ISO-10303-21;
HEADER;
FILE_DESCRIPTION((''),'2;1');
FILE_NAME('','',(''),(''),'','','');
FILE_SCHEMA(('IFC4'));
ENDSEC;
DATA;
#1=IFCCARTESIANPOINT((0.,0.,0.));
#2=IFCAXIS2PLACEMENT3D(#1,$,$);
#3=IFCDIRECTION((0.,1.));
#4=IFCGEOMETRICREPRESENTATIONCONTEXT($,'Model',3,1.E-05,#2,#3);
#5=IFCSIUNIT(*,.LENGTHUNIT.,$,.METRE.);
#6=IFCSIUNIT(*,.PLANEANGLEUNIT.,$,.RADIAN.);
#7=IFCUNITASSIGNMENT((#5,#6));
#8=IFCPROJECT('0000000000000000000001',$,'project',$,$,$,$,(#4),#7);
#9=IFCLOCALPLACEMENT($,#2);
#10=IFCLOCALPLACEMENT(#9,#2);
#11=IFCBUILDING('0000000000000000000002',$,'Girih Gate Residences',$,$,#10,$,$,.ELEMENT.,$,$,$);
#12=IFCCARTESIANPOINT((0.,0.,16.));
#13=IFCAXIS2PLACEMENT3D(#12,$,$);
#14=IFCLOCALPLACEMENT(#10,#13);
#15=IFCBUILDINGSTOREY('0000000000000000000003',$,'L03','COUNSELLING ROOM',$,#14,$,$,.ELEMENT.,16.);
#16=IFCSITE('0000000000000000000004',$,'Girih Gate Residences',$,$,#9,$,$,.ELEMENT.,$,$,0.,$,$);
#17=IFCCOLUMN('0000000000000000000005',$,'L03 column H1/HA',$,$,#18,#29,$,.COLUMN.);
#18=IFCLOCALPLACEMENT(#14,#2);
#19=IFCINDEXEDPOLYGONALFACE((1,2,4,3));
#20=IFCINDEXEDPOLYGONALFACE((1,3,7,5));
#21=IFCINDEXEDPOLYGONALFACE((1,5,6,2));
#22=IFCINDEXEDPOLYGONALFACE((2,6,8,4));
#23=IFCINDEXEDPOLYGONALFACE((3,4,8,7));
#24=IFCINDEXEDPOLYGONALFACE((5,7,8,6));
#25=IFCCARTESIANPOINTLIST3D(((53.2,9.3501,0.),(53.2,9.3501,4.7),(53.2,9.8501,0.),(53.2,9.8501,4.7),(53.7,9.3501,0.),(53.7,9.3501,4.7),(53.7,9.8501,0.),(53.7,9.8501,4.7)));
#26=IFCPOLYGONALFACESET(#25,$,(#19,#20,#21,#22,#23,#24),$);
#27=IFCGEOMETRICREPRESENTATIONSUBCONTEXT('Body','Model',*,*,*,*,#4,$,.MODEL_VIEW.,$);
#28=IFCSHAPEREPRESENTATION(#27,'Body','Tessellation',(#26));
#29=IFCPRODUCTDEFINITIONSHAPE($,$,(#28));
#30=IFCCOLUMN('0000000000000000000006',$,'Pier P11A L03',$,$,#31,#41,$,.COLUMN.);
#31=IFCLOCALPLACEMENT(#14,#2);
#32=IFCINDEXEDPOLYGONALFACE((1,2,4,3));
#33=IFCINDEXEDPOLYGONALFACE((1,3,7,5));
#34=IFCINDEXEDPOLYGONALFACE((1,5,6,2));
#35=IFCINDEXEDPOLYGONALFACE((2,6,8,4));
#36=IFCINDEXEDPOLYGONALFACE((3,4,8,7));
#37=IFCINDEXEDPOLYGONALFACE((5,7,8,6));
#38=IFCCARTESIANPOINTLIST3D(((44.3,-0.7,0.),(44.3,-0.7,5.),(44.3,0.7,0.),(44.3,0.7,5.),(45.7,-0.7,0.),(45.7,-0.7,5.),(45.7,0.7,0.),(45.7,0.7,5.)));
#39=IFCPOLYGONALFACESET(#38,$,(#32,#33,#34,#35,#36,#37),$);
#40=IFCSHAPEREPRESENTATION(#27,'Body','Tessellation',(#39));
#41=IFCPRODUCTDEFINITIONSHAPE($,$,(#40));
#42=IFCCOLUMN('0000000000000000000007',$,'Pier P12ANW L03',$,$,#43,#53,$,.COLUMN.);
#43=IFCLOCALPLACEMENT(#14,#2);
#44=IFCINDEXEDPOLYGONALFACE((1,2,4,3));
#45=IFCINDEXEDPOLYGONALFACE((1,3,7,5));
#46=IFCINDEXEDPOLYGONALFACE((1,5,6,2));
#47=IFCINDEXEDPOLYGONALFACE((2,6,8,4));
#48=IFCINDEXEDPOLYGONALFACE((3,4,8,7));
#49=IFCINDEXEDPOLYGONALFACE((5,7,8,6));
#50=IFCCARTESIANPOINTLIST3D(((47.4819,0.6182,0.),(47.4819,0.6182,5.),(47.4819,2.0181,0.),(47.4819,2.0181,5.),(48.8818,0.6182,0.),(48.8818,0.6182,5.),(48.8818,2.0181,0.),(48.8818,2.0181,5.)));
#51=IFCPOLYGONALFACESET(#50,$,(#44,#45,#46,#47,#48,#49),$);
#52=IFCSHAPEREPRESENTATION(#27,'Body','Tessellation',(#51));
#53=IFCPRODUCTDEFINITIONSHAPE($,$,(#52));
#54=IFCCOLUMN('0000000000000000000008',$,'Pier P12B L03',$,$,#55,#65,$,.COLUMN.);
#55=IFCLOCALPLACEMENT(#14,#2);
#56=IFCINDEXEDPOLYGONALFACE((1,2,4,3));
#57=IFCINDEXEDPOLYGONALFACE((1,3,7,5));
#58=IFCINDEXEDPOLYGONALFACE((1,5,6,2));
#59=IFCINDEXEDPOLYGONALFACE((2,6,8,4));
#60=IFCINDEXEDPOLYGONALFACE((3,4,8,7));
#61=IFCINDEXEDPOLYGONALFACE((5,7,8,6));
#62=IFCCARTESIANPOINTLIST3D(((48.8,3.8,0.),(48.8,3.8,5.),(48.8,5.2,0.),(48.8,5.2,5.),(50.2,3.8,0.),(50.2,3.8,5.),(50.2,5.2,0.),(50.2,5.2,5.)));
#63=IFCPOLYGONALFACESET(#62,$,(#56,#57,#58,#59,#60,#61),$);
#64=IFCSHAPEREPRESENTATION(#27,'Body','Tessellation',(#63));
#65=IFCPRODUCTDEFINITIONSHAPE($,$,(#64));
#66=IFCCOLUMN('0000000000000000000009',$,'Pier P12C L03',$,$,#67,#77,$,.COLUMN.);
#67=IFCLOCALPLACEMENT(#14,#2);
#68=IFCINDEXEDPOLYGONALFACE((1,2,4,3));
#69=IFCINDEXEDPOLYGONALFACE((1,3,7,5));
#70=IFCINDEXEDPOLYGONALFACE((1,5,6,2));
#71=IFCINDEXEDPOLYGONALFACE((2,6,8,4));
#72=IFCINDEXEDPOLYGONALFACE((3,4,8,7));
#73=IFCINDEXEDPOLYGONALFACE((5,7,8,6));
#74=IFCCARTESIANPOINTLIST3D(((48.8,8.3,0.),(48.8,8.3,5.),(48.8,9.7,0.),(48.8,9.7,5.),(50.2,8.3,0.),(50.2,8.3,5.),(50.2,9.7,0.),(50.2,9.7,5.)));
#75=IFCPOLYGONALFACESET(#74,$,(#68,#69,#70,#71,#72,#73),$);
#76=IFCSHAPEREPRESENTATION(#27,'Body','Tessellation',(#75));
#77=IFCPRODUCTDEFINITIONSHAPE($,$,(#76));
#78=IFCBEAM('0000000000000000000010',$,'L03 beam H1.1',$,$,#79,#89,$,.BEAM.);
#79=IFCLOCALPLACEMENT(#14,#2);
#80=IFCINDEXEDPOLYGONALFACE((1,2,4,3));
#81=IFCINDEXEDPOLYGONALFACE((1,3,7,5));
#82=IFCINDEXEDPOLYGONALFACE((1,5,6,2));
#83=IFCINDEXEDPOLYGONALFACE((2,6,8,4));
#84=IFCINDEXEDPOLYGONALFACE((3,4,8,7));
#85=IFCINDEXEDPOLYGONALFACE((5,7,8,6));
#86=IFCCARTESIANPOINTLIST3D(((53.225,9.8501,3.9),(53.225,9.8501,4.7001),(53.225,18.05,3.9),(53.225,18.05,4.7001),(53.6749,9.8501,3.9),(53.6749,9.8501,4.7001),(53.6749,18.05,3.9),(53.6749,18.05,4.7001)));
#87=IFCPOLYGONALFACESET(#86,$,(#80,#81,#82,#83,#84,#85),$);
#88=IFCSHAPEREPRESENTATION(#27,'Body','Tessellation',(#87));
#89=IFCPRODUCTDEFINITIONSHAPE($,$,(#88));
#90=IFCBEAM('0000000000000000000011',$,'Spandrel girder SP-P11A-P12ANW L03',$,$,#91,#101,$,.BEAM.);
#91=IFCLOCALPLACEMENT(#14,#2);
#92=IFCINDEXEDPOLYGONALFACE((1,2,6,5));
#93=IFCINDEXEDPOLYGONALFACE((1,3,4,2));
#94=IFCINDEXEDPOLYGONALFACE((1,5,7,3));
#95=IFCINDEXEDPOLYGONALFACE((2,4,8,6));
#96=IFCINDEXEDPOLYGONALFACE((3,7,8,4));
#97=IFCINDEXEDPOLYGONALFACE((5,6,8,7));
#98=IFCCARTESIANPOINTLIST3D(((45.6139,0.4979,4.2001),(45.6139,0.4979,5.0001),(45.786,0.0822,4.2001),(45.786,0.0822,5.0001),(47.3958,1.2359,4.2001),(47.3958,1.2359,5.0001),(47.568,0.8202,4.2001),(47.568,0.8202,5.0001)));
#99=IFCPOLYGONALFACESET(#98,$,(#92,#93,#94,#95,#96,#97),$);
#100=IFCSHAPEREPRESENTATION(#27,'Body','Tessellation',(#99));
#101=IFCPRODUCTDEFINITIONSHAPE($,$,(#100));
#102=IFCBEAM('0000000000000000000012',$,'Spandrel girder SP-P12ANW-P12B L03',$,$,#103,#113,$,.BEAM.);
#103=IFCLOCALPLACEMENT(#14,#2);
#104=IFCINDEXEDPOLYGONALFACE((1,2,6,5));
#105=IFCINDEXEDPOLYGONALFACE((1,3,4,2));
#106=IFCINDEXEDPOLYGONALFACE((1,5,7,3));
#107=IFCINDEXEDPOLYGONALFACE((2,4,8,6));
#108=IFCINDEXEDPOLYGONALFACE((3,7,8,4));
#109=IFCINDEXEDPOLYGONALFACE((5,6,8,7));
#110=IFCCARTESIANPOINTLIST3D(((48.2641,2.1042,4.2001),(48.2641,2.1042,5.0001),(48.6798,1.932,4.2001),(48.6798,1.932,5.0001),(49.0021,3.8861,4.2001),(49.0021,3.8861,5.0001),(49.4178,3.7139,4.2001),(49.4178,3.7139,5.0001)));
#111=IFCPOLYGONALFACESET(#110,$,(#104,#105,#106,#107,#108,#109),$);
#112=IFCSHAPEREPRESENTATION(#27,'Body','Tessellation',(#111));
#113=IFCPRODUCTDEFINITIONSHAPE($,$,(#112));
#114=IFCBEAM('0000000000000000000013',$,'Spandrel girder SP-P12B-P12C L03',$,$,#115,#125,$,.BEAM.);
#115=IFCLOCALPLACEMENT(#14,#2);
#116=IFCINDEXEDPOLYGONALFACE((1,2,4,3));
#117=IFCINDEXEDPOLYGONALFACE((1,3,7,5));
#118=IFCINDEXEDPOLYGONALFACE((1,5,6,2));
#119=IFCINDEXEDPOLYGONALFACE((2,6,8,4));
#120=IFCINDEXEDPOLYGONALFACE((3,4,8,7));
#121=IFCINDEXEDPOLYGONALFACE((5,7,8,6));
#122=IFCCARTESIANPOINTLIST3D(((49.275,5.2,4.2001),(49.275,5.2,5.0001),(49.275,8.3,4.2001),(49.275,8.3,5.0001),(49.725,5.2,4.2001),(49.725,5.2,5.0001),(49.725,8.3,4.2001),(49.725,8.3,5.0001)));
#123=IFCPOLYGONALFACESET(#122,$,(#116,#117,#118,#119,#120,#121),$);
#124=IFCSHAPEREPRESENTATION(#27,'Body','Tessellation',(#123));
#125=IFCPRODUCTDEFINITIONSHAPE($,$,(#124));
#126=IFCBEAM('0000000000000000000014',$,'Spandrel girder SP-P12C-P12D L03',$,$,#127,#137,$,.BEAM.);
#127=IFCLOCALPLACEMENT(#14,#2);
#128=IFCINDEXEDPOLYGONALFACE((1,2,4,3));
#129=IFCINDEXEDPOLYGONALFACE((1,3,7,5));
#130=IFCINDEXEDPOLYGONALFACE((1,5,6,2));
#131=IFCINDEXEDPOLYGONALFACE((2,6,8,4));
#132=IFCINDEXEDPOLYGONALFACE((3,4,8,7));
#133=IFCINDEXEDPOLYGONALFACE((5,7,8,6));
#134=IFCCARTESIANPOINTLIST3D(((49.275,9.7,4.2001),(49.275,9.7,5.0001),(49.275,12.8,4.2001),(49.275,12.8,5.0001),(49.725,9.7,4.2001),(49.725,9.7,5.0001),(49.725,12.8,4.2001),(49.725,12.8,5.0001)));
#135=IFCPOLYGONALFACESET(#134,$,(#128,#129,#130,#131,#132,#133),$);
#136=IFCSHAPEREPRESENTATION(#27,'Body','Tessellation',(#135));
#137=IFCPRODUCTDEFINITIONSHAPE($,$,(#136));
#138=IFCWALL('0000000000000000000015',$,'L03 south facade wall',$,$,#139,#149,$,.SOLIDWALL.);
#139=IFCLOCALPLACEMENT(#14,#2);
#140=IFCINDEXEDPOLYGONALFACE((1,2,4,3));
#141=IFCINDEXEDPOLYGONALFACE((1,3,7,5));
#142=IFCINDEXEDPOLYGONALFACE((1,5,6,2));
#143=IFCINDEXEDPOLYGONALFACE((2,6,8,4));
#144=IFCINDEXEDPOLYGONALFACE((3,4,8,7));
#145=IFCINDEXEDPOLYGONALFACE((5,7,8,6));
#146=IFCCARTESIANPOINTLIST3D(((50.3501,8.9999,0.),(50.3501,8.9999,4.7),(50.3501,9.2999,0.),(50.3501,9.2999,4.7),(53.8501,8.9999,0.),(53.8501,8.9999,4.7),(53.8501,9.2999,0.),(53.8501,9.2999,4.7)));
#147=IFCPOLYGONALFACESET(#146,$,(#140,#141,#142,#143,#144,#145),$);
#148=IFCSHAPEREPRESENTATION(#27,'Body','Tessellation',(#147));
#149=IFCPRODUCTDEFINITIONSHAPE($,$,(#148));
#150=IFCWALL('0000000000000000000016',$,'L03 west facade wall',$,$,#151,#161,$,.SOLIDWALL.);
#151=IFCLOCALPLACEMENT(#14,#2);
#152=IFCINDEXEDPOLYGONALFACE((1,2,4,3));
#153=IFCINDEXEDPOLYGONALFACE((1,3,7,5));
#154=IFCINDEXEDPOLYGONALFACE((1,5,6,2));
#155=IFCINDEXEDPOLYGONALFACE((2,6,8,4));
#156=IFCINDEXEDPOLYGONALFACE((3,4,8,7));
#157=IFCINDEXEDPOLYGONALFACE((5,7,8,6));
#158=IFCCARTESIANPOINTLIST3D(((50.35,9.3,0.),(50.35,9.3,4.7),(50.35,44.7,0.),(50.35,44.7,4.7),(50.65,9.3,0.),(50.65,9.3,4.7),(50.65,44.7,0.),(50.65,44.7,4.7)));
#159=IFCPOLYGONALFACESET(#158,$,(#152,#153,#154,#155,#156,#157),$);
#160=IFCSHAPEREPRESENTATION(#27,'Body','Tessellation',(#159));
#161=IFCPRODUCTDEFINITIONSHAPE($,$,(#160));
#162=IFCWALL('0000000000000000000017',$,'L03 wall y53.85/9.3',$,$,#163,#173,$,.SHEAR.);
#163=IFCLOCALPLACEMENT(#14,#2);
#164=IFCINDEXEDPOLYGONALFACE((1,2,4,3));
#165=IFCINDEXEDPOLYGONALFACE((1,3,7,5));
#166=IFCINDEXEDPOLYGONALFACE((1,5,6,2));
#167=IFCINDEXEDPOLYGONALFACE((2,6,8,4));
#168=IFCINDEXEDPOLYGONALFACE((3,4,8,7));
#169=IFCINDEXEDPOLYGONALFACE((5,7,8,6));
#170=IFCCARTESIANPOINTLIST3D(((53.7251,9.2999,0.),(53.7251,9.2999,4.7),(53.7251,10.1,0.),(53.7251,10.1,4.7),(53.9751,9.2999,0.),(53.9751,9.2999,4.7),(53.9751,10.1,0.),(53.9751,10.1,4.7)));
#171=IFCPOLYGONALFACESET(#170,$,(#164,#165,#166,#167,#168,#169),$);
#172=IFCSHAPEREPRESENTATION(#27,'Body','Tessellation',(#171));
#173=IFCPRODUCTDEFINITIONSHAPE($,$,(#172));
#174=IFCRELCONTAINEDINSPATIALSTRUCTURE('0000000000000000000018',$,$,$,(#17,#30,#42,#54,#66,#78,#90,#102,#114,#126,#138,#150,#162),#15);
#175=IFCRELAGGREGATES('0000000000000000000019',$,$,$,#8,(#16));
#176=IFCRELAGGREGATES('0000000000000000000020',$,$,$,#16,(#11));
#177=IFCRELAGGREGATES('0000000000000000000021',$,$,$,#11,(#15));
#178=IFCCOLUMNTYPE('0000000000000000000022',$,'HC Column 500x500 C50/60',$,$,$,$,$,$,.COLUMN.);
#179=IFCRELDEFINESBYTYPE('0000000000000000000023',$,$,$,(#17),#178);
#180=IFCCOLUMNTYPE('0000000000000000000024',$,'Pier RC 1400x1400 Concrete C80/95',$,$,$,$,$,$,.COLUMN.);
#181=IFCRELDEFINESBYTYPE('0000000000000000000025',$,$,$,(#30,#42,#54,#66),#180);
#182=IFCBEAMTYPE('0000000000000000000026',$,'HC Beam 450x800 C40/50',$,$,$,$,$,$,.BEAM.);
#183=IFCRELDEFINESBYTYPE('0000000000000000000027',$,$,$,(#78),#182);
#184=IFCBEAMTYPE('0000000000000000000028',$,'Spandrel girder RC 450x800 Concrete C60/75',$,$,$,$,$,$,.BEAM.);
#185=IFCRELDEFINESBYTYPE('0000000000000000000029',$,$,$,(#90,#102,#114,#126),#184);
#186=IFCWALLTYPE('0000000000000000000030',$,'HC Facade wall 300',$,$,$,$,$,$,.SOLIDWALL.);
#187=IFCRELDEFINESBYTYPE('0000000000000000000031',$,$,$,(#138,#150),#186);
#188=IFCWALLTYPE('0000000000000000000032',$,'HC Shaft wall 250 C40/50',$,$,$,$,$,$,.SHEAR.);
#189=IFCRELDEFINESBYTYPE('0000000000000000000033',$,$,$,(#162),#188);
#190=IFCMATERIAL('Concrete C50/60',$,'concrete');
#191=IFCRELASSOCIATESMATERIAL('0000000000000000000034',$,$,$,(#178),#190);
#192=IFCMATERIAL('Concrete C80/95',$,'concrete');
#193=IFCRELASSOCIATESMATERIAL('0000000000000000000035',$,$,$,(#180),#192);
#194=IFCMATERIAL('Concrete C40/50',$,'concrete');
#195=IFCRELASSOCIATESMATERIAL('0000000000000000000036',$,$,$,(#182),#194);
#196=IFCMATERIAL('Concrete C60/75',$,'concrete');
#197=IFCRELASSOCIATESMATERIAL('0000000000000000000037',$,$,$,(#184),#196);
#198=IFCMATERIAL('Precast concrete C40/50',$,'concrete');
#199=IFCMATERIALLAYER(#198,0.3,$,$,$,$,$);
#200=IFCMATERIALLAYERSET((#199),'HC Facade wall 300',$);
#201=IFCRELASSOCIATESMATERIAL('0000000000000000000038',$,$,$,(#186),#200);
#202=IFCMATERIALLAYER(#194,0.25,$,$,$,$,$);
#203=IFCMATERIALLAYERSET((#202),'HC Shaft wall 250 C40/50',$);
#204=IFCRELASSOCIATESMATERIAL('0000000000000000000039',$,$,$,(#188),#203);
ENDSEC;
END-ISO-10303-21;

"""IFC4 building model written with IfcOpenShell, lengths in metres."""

from ifc_helpers import new_model, si_unit, direction, frame, frame_2d, origin, origin_2d, place, context, subcontext, project, spatial, rectangle, extrude, material, layer, layer_set, material_profile, profile_set, type_object, element, save


model = new_model("IFC4")

# Units and contexts
model_context = context("Model", 3, precision=1e-05, world=origin(), true_north=direction((0.0, 1.0)))
body_context = subcontext(model_context, "Body", "Model", "MODEL_VIEW")
ifc_project = project(units=[si_unit("LENGTHUNIT", "METRE"), si_unit("PLANEANGLEUNIT", "RADIAN")], contexts=[model_context])

# Site, building, storey
site_placement = place(None, origin())
site = spatial("IfcSite", under=ifc_project, at=site_placement, Name="Girih Gate Residences", CompositionType="ELEMENT", RefElevation=0.0)
building_placement = place(site_placement, origin())
building = spatial("IfcBuilding", under=site, at=building_placement, Name="Girih Gate Residences", CompositionType="ELEMENT")
storey_placement = place(building_placement, frame((0.0, 0.0, 16.0)))
storey = spatial("IfcBuildingStorey", under=building, at=storey_placement, Name="L03", Description="COUNSELLING ROOM", CompositionType="ELEMENT", Elevation=16.0)

# Columns
ifc_material_1 = material(Name="Concrete C50/60", Category="concrete")
ifc_material_profile_1 = material_profile(ifc_material_1, rectangle(XDim=0.5, YDim=0.5, at=origin_2d()))
ifc_profile_set_1 = profile_set([ifc_material_profile_1], Name="Concrete C50/60")
column_type_1 = type_object("IfcColumnType", Name="HC Column 500x500 C50/60", PredefinedType="COLUMN", material=ifc_profile_set_1)
column_placement = place(storey_placement, frame((53.45, 9.6001, 0.0), z_axis=(0.0, 0.0, 1.0), x_axis=(1.0, 0.0, 0.0)))
element("IfcColumn", 1, at=column_placement, inside=storey, type_object=column_type_1, Name="L03 column H1/HA", PredefinedType="COLUMN", context=body_context, shape_type="SweptSolid", body=[
    extrude(rectangle(XDim=0.5, YDim=0.5, at=origin_2d()), origin(), (0.0, 0.0, 1.0), 4.7),
])
ifc_material_2 = material(Name="Concrete C80/95", Category="concrete")
ifc_material_profile_2 = material_profile(ifc_material_2, rectangle(XDim=1.3999, YDim=1.3999, at=origin_2d()))
ifc_profile_set_2 = profile_set([ifc_material_profile_2], Name="Concrete C80/95")
column_type_2 = type_object("IfcColumnType", Name="Pier RC 1400x1400 Concrete C80/95", PredefinedType="COLUMN", material=ifc_profile_set_2)
for number, where, z_axis, x_axis, name in (
    (2, (45.0, 0.0, 0.0), (0.0, 0.0, 1.0), (1.0, 0.0, 0.0), "Pier P11A L03"),
    (3, (48.1819, 1.3181, 0.0), (0.0, 0.0, 1.0), (1.0, 0.0, 0.0), "Pier P12ANW L03"),
    (4, (49.5, 4.5, 0.0), (0.0, 0.0, 1.0), (1.0, 0.0, 0.0), "Pier P12B L03"),
    (5, (49.5, 9.0, 0.0), (0.0, 0.0, 1.0), (1.0, 0.0, 0.0), "Pier P12C L03"),
):
    element("IfcColumn", number, at=place(storey_placement, frame(where, z_axis=z_axis, x_axis=x_axis)), inside=storey, type_object=column_type_2, Name=name, PredefinedType="COLUMN", context=body_context, shape_type="SweptSolid", body=[
        extrude(rectangle(XDim=1.3999, YDim=1.3999, at=origin_2d()), origin(), (0.0, 0.0, 1.0), 5.0),
    ])

# Beams
ifc_material_3 = material(Name="Concrete C40/50", Category="concrete")
ifc_material_profile_3 = material_profile(ifc_material_3, rectangle(XDim=0.45, YDim=0.8, at=origin_2d()))
ifc_profile_set_3 = profile_set([ifc_material_profile_3], Name="Concrete C40/50")
beam_type_1 = type_object("IfcBeamType", Name="HC Beam 450x800 C40/50", PredefinedType="BEAM", material=ifc_profile_set_3)
beam_placement = place(storey_placement, frame((53.45, 9.8501, 4.3), z_axis=(0.0, 1.0, 0.0), x_axis=(-1.0, 0.0, 0.0)))
element("IfcBeam", 6, at=beam_placement, inside=storey, type_object=beam_type_1, Name="L03 beam H1.1", PredefinedType="BEAM", context=body_context, shape_type="SweptSolid", body=[
    extrude(rectangle(XDim=0.45, YDim=0.8, at=origin_2d()), origin(), (0.0, 0.0, 1.0), 8.2),
])
ifc_material_4 = material(Name="Concrete C60/75", Category="concrete")
ifc_material_profile_4 = material_profile(ifc_material_4, rectangle(XDim=0.45, YDim=0.8, at=origin_2d()))
ifc_profile_set_4 = profile_set([ifc_material_profile_4], Name="Concrete C60/75")
beam_type_2 = type_object("IfcBeamType", Name="Spandrel girder RC 450x800 Concrete C60/75", PredefinedType="BEAM", material=ifc_profile_set_4)
for number, where, z_axis, x_axis, name in (
    (7, (45.7, 0.29, 4.6001), (0.923895, 0.382646, 0.0), (-0.382646, 0.923895, 0.0), "Spandrel girder SP-P11A-P12ANW L03"),
    (8, (48.4719, 2.0181, 4.6001), (0.382646, 0.923895, 0.0), (-0.923895, 0.382646, 0.0), "Spandrel girder SP-P12ANW-P12B L03"),
):
    element("IfcBeam", number, at=place(storey_placement, frame(where, z_axis=z_axis, x_axis=x_axis)), inside=storey, type_object=beam_type_2, Name=name, PredefinedType="BEAM", context=body_context, shape_type="SweptSolid", body=[
        extrude(rectangle(XDim=0.45, YDim=0.8, at=origin_2d()), origin(), (0.0, 0.0, 1.0), 1.9287),
    ])
for number, where, z_axis, x_axis, name in (
    (9, (49.5, 5.2, 4.6001), (0.0, 1.0, 0.0), (-1.0, 0.0, 0.0), "Spandrel girder SP-P12B-P12C L03"),
    (10, (49.5, 9.7, 4.6001), (0.0, 1.0, 0.0), (-1.0, 0.0, 0.0), "Spandrel girder SP-P12C-P12D L03"),
):
    element("IfcBeam", number, at=place(storey_placement, frame(where, z_axis=z_axis, x_axis=x_axis)), inside=storey, type_object=beam_type_2, Name=name, PredefinedType="BEAM", context=body_context, shape_type="SweptSolid", body=[
        extrude(rectangle(XDim=0.45, YDim=0.8, at=origin_2d()), origin(), (0.0, 0.0, 1.0), 3.1001),
    ])

# Walls
ifc_material_5 = material(Name="Precast concrete C40/50", Category="concrete")
ifc_layer_1 = layer(ifc_material_5, 0.3)
ifc_layer_set_1 = layer_set([ifc_layer_1], Name="HC Facade wall 300")
wall_type_1 = type_object("IfcWallType", Name="HC Facade wall 300", PredefinedType="SOLIDWALL", material=ifc_layer_set_1)
wall_1_placement = place(storey_placement, frame((53.8501, 9.1499, 0.0), z_axis=(0.0, 0.0, 1.0), x_axis=(-1.0, 0.0, 0.0)))
element("IfcWall", 11, at=wall_1_placement, inside=storey, type_object=wall_type_1, Name="L03 south facade wall", PredefinedType="SOLIDWALL", context=body_context, shape_type="SweptSolid", body=[
    extrude(rectangle(XDim=3.5, YDim=0.3, at=frame_2d((1.75, 0.0))), origin(), (0.0, 0.0, 1.0), 4.7),
])
wall_2_placement = place(storey_placement, frame((50.5, 9.3, 0.0), z_axis=(0.0, 0.0, 1.0), x_axis=(0.0, 1.0, 0.0)))
element("IfcWall", 12, at=wall_2_placement, inside=storey, type_object=wall_type_1, Name="L03 west facade wall", PredefinedType="SOLIDWALL", context=body_context, shape_type="SweptSolid", body=[
    extrude(rectangle(XDim=35.3999, YDim=0.3, at=frame_2d((17.7, 0.0))), origin(), (0.0, 0.0, 1.0), 4.7),
])
ifc_layer_2 = layer(ifc_material_3, 0.25)
ifc_layer_set_2 = layer_set([ifc_layer_2], Name="HC Shaft wall 250 C40/50")
wall_type_2 = type_object("IfcWallType", Name="HC Shaft wall 250 C40/50", PredefinedType="SHEAR", material=ifc_layer_set_2)
wall_3_placement = place(storey_placement, frame((53.8501, 9.3, 0.0), z_axis=(0.0, 0.0, 1.0), x_axis=(0.0, 1.0, 0.0)))
element("IfcWall", 13, at=wall_3_placement, inside=storey, type_object=wall_type_2, Name="L03 wall y53.85/9.3", PredefinedType="SHEAR", context=body_context, shape_type="SweptSolid", body=[
    extrude(rectangle(XDim=0.8, YDim=0.25, at=frame_2d((0.3999, 0.0))), origin(), (0.0, 0.0, 1.0), 4.7),
])

save(model, "model.ifc")
